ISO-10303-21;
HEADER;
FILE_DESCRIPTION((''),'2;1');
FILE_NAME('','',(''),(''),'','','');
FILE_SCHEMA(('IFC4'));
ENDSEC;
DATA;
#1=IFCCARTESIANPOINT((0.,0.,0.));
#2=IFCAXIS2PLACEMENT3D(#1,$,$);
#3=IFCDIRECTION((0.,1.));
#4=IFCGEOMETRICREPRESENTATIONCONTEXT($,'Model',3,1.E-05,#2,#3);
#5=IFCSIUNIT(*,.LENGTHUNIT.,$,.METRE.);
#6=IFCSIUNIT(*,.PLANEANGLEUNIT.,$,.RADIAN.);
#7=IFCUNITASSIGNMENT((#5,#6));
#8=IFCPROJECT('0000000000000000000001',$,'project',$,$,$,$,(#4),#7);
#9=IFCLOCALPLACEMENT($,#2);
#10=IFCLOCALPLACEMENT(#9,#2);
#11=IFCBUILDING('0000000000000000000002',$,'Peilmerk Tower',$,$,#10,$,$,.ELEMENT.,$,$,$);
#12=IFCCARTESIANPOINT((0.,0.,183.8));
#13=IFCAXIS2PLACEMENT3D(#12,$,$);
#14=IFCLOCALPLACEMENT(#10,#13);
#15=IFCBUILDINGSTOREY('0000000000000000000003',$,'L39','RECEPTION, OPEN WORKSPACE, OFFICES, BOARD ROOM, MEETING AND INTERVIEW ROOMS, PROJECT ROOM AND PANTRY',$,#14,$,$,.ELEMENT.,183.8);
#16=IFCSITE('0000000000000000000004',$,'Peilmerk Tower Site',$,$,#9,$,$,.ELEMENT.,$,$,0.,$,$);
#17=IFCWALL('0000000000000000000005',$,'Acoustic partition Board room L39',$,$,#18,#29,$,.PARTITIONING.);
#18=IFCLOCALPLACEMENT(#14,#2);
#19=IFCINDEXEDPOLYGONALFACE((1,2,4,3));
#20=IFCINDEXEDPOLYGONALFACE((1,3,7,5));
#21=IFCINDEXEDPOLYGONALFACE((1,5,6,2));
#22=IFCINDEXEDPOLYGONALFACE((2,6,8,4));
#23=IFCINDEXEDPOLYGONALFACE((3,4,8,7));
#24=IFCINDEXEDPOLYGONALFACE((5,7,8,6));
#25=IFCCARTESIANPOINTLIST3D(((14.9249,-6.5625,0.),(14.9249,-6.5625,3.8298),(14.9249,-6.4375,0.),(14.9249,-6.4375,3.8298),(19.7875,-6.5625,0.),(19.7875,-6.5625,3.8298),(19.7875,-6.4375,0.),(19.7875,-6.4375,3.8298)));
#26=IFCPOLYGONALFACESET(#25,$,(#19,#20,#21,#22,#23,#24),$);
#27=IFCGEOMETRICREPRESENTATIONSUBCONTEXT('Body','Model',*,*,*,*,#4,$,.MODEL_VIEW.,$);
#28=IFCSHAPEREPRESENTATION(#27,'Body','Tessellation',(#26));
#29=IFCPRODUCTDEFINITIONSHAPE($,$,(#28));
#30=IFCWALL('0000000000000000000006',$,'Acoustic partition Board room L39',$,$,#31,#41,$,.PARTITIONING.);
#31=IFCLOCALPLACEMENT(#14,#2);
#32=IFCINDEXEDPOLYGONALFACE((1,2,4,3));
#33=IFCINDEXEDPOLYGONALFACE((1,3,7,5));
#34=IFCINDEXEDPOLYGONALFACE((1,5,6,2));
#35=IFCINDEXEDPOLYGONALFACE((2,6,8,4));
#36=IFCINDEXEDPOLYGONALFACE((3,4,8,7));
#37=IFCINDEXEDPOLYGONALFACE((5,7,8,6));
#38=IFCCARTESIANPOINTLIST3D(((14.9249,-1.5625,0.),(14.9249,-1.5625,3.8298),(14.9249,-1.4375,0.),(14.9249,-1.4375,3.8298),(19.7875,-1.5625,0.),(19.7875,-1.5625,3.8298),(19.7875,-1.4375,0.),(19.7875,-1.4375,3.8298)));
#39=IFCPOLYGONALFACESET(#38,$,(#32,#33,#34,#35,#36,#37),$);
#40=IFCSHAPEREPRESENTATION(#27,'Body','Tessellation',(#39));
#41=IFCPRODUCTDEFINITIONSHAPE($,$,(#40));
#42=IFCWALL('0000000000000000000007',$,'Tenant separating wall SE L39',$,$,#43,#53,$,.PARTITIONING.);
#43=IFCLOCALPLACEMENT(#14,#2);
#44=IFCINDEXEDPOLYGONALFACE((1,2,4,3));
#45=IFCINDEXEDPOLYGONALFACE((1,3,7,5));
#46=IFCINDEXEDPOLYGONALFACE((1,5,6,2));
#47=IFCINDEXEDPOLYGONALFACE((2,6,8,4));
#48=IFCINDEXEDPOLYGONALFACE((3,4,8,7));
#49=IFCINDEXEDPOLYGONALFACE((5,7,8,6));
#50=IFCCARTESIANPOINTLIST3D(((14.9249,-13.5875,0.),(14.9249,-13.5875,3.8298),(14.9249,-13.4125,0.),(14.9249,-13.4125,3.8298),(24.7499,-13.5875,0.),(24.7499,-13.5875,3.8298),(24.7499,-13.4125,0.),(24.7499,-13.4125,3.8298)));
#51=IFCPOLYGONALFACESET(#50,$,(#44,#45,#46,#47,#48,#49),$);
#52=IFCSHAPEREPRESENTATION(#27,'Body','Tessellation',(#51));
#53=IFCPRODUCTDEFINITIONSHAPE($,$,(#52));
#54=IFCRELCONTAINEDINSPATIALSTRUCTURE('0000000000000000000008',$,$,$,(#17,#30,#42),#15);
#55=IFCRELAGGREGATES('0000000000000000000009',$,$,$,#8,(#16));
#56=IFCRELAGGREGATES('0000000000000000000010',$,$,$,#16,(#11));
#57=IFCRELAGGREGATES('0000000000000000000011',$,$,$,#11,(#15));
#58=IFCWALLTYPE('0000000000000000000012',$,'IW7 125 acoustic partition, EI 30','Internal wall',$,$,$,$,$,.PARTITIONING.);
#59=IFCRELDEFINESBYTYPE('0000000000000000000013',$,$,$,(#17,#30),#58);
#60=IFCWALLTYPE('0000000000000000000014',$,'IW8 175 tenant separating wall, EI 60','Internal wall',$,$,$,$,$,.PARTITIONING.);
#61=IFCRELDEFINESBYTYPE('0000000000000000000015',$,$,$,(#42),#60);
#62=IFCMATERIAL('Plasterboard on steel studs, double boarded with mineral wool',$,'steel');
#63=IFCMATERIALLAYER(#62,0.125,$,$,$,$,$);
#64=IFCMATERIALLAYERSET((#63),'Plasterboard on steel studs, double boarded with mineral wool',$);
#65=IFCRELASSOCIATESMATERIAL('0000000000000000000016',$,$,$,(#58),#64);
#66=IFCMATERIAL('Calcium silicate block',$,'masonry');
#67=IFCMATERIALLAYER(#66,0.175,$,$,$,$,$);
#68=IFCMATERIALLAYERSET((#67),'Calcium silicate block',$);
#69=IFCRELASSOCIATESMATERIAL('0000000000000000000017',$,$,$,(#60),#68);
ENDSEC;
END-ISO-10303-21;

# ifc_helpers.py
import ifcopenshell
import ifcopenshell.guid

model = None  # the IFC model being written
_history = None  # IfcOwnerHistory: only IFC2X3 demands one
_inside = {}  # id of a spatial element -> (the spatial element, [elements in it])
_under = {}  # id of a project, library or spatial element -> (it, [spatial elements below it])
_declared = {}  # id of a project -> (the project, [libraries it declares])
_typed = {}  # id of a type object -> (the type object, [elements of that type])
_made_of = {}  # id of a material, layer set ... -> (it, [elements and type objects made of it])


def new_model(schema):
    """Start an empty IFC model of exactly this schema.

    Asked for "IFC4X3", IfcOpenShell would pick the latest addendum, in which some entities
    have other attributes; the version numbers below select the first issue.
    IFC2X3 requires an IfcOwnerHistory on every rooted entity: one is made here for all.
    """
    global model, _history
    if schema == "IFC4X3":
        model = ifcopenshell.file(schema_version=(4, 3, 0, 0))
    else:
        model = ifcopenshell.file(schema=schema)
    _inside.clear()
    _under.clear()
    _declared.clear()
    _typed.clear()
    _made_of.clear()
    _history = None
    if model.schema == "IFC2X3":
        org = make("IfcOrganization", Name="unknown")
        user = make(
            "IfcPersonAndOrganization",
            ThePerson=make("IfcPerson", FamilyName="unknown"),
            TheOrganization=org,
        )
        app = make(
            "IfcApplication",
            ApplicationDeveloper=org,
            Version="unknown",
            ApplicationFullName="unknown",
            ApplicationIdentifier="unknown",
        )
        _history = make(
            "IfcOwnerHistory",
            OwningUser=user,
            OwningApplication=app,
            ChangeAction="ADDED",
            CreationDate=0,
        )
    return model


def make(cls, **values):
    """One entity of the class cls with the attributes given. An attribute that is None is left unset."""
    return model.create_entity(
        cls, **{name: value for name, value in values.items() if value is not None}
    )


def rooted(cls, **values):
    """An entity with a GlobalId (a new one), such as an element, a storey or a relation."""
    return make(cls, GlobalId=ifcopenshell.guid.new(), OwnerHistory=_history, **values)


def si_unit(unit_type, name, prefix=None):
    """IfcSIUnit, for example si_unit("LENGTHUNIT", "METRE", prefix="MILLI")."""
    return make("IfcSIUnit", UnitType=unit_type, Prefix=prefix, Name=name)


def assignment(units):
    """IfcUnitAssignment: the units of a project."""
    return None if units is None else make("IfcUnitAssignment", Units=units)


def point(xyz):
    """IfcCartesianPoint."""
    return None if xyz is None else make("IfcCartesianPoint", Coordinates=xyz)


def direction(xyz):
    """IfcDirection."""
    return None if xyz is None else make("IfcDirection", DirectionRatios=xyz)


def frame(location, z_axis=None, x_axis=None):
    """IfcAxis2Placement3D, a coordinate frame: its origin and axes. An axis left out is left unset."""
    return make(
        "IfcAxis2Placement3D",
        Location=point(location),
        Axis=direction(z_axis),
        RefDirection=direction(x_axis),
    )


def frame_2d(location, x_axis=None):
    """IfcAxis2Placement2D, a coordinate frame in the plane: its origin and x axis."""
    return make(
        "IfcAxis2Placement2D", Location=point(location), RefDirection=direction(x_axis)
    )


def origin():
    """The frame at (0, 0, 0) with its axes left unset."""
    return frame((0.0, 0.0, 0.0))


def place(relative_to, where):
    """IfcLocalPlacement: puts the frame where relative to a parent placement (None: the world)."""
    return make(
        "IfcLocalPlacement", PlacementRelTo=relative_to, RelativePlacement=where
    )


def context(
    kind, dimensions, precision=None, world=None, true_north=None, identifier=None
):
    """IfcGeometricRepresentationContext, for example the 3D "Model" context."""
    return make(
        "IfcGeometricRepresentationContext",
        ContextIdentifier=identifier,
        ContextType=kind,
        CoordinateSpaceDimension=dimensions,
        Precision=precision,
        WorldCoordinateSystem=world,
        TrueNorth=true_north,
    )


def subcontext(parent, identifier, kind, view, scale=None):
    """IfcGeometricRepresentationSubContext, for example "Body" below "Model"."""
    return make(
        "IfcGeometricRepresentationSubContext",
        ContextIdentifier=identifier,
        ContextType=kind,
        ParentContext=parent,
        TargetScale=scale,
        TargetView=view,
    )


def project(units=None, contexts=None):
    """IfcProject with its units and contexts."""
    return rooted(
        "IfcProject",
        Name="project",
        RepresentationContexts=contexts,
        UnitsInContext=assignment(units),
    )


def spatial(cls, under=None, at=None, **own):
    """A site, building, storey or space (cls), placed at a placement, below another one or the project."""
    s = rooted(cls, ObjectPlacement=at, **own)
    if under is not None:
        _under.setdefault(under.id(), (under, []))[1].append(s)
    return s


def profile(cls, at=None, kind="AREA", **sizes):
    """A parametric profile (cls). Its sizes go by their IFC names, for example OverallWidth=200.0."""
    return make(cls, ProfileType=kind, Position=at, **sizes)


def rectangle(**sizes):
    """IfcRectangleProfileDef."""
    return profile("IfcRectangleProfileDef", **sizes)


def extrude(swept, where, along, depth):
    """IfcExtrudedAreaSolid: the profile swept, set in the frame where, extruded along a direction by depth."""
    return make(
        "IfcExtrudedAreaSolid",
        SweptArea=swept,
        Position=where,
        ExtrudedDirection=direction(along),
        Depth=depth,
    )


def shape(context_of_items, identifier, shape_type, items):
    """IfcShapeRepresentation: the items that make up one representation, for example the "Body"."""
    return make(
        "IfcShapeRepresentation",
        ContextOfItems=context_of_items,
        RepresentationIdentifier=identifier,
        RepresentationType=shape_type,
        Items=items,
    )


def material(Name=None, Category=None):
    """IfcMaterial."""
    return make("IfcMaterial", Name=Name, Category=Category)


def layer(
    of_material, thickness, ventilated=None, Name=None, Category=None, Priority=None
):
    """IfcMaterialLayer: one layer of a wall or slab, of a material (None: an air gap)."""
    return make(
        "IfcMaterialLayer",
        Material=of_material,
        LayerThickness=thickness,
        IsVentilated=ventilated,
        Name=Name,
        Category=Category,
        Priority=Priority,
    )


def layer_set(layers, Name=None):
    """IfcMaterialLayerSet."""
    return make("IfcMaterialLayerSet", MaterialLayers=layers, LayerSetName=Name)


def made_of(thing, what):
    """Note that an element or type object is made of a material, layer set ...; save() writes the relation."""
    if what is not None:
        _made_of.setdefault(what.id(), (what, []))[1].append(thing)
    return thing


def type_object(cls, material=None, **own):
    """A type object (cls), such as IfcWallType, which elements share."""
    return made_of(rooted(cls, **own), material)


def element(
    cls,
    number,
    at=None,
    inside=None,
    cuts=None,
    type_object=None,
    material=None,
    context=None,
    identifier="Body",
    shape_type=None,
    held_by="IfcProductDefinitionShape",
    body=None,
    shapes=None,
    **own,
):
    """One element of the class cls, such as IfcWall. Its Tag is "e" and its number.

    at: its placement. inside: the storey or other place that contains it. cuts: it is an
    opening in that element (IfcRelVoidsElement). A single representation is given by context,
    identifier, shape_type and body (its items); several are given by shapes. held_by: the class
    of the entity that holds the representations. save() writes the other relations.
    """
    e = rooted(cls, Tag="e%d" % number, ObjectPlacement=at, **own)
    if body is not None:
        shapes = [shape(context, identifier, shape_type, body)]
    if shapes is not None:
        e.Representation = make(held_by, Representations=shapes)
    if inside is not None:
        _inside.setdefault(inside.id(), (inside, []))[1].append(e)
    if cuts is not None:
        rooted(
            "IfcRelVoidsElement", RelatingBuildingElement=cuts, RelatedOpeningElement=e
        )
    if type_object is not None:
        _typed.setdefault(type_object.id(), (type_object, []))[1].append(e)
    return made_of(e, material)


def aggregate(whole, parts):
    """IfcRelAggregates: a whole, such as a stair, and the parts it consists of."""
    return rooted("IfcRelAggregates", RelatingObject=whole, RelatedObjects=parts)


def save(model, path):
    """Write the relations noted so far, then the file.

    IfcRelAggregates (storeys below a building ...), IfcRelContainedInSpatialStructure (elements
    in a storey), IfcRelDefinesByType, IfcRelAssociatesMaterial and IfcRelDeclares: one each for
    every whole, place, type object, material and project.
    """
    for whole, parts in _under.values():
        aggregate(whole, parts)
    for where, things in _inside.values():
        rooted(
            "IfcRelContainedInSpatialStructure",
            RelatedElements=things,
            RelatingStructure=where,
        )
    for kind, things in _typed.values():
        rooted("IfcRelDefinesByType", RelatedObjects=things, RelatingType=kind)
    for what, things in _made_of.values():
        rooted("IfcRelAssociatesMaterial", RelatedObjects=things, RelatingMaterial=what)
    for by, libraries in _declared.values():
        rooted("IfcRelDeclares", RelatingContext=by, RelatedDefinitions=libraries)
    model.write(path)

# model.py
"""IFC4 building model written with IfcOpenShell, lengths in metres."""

from ifc_helpers import new_model, si_unit, direction, frame, frame_2d, origin, place, context, subcontext, project, spatial, rectangle, extrude, material, layer, layer_set, type_object, element, save


model = new_model("IFC4")

# Units and contexts
model_context = context("Model", 3, precision=1e-05, world=origin(), true_north=direction((0.0, 1.0)))
body_context = subcontext(model_context, "Body", "Model", "MODEL_VIEW")
ifc_project = project(units=[si_unit("LENGTHUNIT", "METRE"), si_unit("PLANEANGLEUNIT", "RADIAN")], contexts=[model_context])

# Site, building, storey
site_placement = place(None, origin())
site = spatial("IfcSite", under=ifc_project, at=site_placement, Name="Peilmerk Tower Site", CompositionType="ELEMENT", RefElevation=0.0)
building_placement = place(site_placement, origin())
building = spatial("IfcBuilding", under=site, at=building_placement, Name="Peilmerk Tower", CompositionType="ELEMENT")
storey_placement = place(building_placement, frame((0.0, 0.0, 183.8)))
storey = spatial("IfcBuildingStorey", under=building, at=storey_placement, Name="L39", Description="RECEPTION, OPEN WORKSPACE, OFFICES, BOARD ROOM, MEETING AND INTERVIEW ROOMS, PROJECT ROOM AND PANTRY", CompositionType="ELEMENT", Elevation=183.8)

# Walls
ifc_material_1 = material(Name="Plasterboard on steel studs, double boarded with mineral wool", Category="steel")
ifc_layer_1 = layer(ifc_material_1, 0.125)
ifc_layer_set_1 = layer_set([ifc_layer_1], Name="Plasterboard on steel studs, double boarded with mineral wool")
wall_type_1 = type_object("IfcWallType", Name="IW7 125 acoustic partition, EI 30", Description="Internal wall", PredefinedType="PARTITIONING", material=ifc_layer_set_1)
for number, where, z_axis, x_axis, name in (
    (1, (14.925, -6.5, 0.0), (0.0, 0.0, 1.0), (1.0, 0.0, 0.0), "Acoustic partition Board room L39"),
    (2, (14.925, -1.5, 0.0), (0.0, 0.0, 1.0), (1.0, 0.0, 0.0), "Acoustic partition Board room L39"),
):
    element("IfcWall", number, at=place(storey_placement, frame(where, z_axis=z_axis, x_axis=x_axis)), inside=storey, type_object=wall_type_1, Name=name, PredefinedType="PARTITIONING", context=body_context, shape_type="SweptSolid", body=[
        extrude(rectangle(XDim=4.8625, YDim=0.125, at=frame_2d((2.4312, 0.0))), origin(), (0.0, 0.0, 1.0), 3.8298),
    ])
ifc_material_2 = material(Name="Calcium silicate block", Category="masonry")
ifc_layer_2 = layer(ifc_material_2, 0.175)
ifc_layer_set_2 = layer_set([ifc_layer_2], Name="Calcium silicate block")
wall_type_2 = type_object("IfcWallType", Name="IW8 175 tenant separating wall, EI 60", Description="Internal wall", PredefinedType="PARTITIONING", material=ifc_layer_set_2)
wall_1_placement = place(storey_placement, frame((24.75, -13.5, 0.0), z_axis=(0.0, 0.0, 1.0), x_axis=(-1.0, 0.0, 0.0)))
element("IfcWall", 3, at=wall_1_placement, inside=storey, type_object=wall_type_2, Name="Tenant separating wall SE L39", PredefinedType="PARTITIONING", context=body_context, shape_type="SweptSolid", body=[
    extrude(rectangle(XDim=9.825, YDim=0.175, at=frame_2d((4.9126, 0.0))), origin(), (0.0, 0.0, 1.0), 3.8298),
])

save(model, "model.ifc")
